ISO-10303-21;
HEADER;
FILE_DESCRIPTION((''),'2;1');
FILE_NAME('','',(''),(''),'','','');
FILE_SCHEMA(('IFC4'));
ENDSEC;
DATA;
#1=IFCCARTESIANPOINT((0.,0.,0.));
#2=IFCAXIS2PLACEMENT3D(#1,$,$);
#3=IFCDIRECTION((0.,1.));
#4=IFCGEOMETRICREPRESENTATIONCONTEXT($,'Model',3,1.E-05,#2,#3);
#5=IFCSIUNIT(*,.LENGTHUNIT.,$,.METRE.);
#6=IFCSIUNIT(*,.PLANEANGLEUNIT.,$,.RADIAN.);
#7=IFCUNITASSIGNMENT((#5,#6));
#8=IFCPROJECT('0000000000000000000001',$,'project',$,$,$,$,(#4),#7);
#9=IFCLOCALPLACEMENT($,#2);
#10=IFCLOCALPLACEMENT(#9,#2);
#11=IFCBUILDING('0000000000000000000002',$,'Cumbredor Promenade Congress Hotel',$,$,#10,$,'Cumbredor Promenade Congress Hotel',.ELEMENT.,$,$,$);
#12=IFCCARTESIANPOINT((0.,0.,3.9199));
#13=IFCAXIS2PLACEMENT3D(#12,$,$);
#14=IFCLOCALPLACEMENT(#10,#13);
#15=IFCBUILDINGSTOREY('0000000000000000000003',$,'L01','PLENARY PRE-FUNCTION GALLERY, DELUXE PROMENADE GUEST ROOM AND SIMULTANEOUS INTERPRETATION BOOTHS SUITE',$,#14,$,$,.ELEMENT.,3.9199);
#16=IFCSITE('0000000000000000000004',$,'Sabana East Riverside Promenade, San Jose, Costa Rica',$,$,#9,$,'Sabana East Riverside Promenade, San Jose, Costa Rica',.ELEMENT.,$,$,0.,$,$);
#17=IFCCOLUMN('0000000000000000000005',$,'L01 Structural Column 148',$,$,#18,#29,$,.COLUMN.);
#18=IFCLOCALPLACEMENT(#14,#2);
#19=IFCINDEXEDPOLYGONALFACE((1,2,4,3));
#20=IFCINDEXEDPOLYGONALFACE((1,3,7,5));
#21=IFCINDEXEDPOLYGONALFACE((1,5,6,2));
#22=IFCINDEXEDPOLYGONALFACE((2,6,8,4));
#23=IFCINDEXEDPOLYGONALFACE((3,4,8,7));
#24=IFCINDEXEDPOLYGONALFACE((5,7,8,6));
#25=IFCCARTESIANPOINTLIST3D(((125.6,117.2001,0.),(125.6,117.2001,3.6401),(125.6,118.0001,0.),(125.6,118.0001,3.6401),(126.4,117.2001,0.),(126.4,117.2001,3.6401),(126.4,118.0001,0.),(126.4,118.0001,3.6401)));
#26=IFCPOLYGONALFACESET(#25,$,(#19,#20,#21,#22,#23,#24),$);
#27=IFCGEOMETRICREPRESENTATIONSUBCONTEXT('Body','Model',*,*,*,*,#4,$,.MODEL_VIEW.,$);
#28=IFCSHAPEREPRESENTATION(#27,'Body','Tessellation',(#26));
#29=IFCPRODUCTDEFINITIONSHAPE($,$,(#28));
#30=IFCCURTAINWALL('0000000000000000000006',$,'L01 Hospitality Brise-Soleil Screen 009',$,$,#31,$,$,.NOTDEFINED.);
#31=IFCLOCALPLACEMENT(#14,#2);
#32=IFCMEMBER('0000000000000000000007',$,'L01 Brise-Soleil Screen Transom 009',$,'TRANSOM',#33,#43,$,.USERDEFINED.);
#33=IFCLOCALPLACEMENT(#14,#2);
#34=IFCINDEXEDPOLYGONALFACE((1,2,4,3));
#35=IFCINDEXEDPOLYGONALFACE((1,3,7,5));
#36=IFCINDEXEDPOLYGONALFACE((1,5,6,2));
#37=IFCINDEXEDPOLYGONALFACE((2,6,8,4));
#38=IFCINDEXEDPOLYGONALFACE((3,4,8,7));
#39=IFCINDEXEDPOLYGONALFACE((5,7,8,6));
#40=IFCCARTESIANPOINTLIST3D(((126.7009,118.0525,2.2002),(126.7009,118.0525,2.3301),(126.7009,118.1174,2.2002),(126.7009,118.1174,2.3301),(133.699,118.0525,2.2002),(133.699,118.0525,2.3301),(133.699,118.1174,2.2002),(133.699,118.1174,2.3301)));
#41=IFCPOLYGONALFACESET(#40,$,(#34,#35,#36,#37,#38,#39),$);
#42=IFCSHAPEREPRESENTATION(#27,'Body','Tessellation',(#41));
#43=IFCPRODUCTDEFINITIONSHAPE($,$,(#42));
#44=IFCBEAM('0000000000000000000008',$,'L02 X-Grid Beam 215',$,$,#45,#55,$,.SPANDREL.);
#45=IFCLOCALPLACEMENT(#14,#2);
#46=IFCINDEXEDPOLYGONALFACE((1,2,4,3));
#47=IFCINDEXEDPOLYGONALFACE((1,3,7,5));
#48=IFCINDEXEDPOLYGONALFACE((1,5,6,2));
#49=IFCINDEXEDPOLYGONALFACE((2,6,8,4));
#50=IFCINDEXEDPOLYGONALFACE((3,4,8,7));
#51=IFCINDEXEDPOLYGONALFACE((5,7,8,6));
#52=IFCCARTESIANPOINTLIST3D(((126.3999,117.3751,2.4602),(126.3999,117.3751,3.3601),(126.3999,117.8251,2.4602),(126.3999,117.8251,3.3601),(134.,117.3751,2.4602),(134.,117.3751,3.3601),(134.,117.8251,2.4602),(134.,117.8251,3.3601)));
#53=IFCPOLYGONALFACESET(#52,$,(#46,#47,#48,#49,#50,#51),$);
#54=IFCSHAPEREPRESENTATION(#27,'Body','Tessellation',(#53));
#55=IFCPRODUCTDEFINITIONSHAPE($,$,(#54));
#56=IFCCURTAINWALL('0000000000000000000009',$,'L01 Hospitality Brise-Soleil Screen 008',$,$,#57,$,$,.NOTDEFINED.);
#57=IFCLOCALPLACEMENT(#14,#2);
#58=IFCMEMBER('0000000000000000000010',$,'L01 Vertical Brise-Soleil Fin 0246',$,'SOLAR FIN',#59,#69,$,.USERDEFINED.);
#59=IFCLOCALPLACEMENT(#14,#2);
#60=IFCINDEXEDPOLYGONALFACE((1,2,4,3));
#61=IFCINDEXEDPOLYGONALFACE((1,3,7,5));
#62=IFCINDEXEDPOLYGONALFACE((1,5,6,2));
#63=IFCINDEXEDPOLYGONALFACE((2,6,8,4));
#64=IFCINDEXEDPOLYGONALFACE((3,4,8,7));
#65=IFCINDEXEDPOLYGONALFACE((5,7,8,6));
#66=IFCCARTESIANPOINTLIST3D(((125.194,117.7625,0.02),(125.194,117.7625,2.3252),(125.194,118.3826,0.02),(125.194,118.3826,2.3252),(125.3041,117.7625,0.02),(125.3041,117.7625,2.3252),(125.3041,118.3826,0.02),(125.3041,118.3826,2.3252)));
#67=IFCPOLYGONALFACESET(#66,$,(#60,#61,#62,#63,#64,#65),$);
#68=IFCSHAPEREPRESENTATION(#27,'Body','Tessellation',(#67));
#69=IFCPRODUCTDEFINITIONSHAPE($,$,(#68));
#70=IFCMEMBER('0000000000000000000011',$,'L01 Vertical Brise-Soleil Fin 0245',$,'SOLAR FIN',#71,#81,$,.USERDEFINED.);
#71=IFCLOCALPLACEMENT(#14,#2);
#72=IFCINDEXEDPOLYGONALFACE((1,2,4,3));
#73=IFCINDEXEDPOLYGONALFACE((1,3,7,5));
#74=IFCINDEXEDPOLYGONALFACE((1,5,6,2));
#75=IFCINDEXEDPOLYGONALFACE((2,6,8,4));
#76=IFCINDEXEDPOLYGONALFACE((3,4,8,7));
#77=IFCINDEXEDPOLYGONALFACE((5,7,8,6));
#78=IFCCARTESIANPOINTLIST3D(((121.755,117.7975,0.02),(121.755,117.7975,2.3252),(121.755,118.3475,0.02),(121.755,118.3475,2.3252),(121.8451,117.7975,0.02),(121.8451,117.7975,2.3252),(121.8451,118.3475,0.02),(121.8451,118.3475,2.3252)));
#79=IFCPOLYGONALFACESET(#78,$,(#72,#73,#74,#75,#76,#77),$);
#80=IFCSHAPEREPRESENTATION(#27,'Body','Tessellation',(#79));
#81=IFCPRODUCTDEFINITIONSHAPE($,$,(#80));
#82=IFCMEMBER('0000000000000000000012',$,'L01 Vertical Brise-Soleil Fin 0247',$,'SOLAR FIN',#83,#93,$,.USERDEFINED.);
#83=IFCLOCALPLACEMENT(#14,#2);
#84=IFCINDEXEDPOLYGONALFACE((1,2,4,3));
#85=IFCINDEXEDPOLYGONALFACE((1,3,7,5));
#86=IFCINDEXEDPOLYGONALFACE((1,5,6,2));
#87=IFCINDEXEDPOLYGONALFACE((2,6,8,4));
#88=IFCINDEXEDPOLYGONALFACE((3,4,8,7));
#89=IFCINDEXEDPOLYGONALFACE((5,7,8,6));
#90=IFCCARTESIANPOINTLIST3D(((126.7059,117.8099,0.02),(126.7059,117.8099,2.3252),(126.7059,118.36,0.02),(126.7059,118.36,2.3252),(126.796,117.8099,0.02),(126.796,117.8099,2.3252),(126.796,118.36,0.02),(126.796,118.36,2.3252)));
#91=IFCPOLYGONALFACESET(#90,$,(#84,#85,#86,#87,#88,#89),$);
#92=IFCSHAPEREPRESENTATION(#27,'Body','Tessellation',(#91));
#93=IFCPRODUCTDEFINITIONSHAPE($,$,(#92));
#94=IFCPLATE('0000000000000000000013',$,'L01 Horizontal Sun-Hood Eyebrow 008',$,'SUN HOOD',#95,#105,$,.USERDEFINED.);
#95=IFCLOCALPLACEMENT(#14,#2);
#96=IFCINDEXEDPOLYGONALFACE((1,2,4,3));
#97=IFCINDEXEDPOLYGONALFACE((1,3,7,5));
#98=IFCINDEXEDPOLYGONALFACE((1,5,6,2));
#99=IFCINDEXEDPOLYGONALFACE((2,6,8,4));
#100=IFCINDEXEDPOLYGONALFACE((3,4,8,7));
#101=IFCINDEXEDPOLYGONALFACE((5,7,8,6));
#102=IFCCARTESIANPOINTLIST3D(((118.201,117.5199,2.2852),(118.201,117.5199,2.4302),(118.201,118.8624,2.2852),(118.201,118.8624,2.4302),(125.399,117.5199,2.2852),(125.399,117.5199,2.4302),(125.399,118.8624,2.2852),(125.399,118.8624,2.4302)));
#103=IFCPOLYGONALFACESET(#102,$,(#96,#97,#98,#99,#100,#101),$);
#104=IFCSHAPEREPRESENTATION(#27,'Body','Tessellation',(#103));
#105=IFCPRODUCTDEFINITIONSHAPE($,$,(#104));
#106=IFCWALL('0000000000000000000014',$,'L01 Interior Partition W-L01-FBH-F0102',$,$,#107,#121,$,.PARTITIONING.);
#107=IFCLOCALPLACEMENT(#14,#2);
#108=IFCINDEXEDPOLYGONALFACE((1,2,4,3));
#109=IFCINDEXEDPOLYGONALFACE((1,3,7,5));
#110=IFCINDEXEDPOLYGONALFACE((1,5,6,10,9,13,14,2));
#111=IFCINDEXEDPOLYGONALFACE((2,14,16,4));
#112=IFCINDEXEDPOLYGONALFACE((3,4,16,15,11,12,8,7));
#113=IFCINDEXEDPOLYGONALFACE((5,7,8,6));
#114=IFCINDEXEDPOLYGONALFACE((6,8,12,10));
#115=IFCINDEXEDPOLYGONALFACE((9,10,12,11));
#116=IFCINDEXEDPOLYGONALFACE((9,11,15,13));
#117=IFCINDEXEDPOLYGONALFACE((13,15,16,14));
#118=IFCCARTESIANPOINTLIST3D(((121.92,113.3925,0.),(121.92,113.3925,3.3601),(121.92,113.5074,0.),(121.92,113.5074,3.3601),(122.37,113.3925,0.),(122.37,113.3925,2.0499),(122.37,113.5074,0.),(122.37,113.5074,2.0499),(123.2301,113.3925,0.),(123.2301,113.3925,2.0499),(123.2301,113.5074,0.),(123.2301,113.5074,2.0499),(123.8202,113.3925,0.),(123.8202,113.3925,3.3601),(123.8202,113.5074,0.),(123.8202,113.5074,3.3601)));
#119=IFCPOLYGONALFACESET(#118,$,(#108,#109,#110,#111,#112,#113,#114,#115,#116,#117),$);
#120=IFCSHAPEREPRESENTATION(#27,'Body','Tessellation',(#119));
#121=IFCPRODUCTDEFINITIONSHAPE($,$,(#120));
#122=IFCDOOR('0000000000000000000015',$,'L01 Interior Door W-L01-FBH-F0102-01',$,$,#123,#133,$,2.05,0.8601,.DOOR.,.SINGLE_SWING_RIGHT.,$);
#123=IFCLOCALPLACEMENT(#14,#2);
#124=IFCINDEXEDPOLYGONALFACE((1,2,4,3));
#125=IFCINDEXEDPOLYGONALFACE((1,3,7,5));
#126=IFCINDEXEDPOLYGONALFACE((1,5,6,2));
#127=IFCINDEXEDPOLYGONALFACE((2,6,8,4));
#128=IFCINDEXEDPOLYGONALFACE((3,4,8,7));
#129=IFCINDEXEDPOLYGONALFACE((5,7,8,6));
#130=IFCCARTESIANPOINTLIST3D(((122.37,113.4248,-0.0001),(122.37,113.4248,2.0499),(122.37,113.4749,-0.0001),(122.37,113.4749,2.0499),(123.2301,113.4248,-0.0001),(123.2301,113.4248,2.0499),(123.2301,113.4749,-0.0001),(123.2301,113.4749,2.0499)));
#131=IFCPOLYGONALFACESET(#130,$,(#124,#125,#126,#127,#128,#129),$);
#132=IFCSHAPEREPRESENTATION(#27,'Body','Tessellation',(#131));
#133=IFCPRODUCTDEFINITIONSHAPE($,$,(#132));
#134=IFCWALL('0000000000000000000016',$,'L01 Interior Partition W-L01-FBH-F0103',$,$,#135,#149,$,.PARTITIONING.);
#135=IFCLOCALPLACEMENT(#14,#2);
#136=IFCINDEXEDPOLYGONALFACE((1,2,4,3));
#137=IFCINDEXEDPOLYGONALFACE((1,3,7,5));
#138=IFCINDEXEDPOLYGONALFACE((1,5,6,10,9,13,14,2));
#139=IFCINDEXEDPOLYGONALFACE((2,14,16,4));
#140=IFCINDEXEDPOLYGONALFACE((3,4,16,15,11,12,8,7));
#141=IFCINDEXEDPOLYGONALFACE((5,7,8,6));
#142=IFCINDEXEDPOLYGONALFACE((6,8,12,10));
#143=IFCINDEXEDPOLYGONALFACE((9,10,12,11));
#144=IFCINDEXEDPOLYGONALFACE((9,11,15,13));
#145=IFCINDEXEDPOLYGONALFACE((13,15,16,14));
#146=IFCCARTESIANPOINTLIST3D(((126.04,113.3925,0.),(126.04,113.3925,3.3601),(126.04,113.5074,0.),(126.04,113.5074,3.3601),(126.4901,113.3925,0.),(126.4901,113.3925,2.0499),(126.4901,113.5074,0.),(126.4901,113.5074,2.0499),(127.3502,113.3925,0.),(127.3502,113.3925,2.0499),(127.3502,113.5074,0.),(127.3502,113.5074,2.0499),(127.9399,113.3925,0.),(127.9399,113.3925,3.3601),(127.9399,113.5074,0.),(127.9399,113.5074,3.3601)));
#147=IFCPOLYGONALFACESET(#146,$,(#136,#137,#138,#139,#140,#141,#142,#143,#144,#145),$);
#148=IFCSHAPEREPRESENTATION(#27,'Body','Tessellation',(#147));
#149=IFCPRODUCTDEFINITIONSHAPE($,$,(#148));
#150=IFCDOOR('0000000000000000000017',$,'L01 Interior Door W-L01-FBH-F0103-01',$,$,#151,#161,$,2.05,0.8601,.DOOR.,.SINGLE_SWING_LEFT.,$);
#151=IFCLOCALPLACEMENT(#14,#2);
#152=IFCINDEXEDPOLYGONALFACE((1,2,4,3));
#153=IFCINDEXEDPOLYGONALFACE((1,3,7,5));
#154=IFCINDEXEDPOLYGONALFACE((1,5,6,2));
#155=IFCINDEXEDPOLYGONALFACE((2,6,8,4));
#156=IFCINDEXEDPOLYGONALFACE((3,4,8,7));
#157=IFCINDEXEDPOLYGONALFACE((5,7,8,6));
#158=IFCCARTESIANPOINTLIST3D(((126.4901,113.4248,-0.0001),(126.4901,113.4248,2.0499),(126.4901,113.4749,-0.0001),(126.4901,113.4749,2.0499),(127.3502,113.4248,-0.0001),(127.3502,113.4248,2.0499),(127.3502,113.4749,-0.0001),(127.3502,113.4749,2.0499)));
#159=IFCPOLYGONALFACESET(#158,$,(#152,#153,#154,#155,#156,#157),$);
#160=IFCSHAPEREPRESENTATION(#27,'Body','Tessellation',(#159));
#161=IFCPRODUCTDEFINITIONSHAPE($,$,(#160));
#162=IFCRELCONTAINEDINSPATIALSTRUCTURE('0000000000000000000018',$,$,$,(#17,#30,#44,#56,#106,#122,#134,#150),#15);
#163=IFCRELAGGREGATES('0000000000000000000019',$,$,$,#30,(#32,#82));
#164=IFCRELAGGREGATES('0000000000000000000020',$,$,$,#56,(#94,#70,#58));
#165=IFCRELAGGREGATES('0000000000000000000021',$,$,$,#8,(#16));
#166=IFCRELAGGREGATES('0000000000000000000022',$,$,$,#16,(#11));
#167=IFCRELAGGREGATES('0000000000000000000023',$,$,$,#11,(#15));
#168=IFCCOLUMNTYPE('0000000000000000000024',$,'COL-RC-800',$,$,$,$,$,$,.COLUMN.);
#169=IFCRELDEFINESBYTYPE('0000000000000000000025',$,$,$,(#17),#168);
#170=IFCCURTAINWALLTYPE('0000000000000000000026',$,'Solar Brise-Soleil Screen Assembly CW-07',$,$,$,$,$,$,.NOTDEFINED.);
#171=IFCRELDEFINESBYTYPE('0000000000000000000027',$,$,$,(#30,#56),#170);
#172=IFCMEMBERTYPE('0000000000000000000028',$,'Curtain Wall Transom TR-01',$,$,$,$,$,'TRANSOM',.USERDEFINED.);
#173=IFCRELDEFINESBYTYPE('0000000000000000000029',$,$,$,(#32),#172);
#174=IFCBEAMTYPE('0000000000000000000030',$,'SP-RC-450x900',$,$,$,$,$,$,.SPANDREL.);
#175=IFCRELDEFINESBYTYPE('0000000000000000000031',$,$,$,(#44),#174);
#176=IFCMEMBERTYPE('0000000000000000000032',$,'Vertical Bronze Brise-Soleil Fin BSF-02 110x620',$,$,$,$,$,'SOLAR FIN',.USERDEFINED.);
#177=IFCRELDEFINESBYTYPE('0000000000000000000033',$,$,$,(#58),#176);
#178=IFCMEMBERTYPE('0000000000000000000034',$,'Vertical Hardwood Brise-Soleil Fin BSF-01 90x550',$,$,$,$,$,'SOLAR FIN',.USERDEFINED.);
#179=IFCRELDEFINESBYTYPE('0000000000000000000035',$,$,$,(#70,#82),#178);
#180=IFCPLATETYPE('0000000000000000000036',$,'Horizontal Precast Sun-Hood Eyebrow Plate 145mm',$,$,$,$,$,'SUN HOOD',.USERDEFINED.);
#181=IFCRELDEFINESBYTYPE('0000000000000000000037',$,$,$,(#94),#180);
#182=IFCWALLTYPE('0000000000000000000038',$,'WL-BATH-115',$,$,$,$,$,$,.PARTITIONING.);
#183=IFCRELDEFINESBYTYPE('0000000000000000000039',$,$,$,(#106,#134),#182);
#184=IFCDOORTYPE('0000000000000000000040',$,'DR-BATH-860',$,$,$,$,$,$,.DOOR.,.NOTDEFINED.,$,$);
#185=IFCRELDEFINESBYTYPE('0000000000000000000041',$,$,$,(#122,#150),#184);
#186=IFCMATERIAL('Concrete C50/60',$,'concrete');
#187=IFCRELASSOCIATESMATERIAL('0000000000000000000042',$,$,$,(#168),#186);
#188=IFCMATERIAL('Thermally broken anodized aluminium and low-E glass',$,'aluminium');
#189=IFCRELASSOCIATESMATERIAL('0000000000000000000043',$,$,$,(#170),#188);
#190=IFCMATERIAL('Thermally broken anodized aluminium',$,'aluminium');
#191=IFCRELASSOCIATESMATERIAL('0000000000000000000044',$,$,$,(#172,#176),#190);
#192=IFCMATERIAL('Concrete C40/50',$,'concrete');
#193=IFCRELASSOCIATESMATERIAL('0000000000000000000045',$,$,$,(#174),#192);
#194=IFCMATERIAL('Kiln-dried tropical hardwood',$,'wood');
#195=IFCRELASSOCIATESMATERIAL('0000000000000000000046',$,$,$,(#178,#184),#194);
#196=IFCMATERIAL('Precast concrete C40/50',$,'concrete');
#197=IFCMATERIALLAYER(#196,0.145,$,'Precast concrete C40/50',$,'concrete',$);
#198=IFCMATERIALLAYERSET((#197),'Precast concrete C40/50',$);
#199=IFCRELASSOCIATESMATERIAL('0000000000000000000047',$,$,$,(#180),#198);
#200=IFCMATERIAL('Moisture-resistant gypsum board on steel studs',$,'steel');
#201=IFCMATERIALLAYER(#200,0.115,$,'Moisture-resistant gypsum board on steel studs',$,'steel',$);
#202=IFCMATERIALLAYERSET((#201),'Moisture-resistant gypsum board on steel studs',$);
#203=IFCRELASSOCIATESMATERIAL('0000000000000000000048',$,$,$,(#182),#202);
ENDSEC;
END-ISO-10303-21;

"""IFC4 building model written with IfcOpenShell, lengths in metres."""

from ifc_helpers import new_model, si_unit, direction, frame, frame_2d, origin, origin_2d, place, context, subcontext, project, spatial, rectangle, extrude, material, layer, layer_set, material_profile, profile_set, type_object, element, fill, aggregate, save


model = new_model("IFC4")

# Units and contexts
model_context = context("Model", 3, precision=1e-05, world=origin(), true_north=direction((0.0, 1.0)))
body_context = subcontext(model_context, "Body", "Model", "MODEL_VIEW")
ifc_project = project(units=[si_unit("LENGTHUNIT", "METRE"), si_unit("PLANEANGLEUNIT", "RADIAN")], contexts=[model_context])

# Site, building, storey
site_placement = place(None, origin())
site = spatial("IfcSite", under=ifc_project, at=site_placement, Name="Sabana East Riverside Promenade, San Jose, Costa Rica", LongName="Sabana East Riverside Promenade, San Jose, Costa Rica", CompositionType="ELEMENT", RefElevation=0.0)
building_placement = place(site_placement, origin())
building = spatial("IfcBuilding", under=site, at=building_placement, Name="Cumbredor Promenade Congress Hotel", LongName="Cumbredor Promenade Congress Hotel", CompositionType="ELEMENT")
storey_placement = place(building_placement, frame((0.0, 0.0, 3.9199)))
storey = spatial("IfcBuildingStorey", under=building, at=storey_placement, Name="L01", Description="PLENARY PRE-FUNCTION GALLERY, DELUXE PROMENADE GUEST ROOM AND SIMULTANEOUS INTERPRETATION BOOTHS SUITE", CompositionType="ELEMENT", Elevation=3.9199)

# Column
ifc_material_1 = material(Name="Concrete C50/60", Category="concrete")
ifc_material_profile_1 = material_profile(ifc_material_1, rectangle(XDim=0.8, YDim=0.8, at=origin_2d()), Name="RC 800x800")
ifc_profile_set_1 = profile_set([ifc_material_profile_1], Name="Concrete C50/60")
column_type = type_object("IfcColumnType", Name="COL-RC-800", PredefinedType="COLUMN", material=ifc_profile_set_1)
column_placement = place(storey_placement, frame((126.0, 117.6001, 0.0), z_axis=(0.0, 0.0, 1.0), x_axis=(1.0, 0.0, 0.0)))
element("IfcColumn", 1, at=column_placement, inside=storey, type_object=column_type, Name="L01 Structural Column 148", PredefinedType="COLUMN", context=body_context, shape_type="SweptSolid", body=[
    extrude(rectangle(XDim=0.8, YDim=0.8, at=origin_2d()), origin(), (0.0, 0.0, 1.0), 3.6401),
])

# Curtain wall, member
ifc_material_2 = material(Name="Thermally broken anodized aluminium and low-E glass", Category="aluminium")
curtain_wall_type = type_object("IfcCurtainWallType", Name="Solar Brise-Soleil Screen Assembly CW-07", PredefinedType="NOTDEFINED", material=ifc_material_2)
curtain_wall_1_placement = place(storey_placement, origin())
curtain_wall_1 = element("IfcCurtainWall", 2, at=curtain_wall_1_placement, inside=storey, type_object=curtain_wall_type, Name="L01 Hospitality Brise-Soleil Screen 009", PredefinedType="NOTDEFINED")
ifc_material_3 = material(Name="Thermally broken anodized aluminium", Category="aluminium")
ifc_material_profile_2 = material_profile(ifc_material_3, rectangle(XDim=0.0649, YDim=0.1299, at=origin_2d()), Name="ALU TRANSOM 65x130")
ifc_profile_set_2 = profile_set([ifc_material_profile_2], Name="Thermally broken anodized aluminium")
member_type_1 = type_object("IfcMemberType", Name="Curtain Wall Transom TR-01", ElementType="TRANSOM", PredefinedType="USERDEFINED", material=ifc_profile_set_2)
member_1_placement = place(storey_placement, frame((126.7009, 118.085, 2.2651), z_axis=(1.0, 0.0, 0.0), x_axis=(0.0, 1.0, 0.0)))
member_1 = element("IfcMember", 3, at=member_1_placement, type_object=member_type_1, Name="L01 Brise-Soleil Screen Transom 009", ObjectType="TRANSOM", PredefinedType="USERDEFINED", context=body_context, shape_type="SweptSolid", body=[
    extrude(rectangle(XDim=0.0649, YDim=0.1299, at=origin_2d()), origin(), (0.0, 0.0, 1.0), 6.998),
])

# Beam
ifc_material_4 = material(Name="Concrete C40/50", Category="concrete")
ifc_material_profile_3 = material_profile(ifc_material_4, rectangle(XDim=0.45, YDim=0.8999, at=origin_2d()), Name="RC SPANDREL 450x900")
ifc_profile_set_3 = profile_set([ifc_material_profile_3], Name="Concrete C40/50")
beam_type = type_object("IfcBeamType", Name="SP-RC-450x900", PredefinedType="SPANDREL", material=ifc_profile_set_3)
beam_placement = place(storey_placement, frame((126.3999, 117.6001, 2.9102), z_axis=(1.0, 0.0, 0.0), x_axis=(0.0, 1.0, 0.0)))
element("IfcBeam", 4, at=beam_placement, inside=storey, type_object=beam_type, Name="L02 X-Grid Beam 215", PredefinedType="SPANDREL", context=body_context, shape_type="SweptSolid", body=[
    extrude(rectangle(XDim=0.45, YDim=0.8999, at=origin_2d()), origin(), (0.0, 0.0, 1.0), 7.6001),
])

# Curtain wall, members
curtain_wall_2_placement = place(storey_placement, origin())
curtain_wall_2 = element("IfcCurtainWall", 5, at=curtain_wall_2_placement, inside=storey, type_object=curtain_wall_type, Name="L01 Hospitality Brise-Soleil Screen 008", PredefinedType="NOTDEFINED")
ifc_material_profile_4 = material_profile(ifc_material_3, rectangle(XDim=0.1101, YDim=0.6201, at=origin_2d()), Name="ARCH FIN 110x620")
ifc_profile_set_4 = profile_set([ifc_material_profile_4], Name="Thermally broken anodized aluminium")
member_type_2 = type_object("IfcMemberType", Name="Vertical Bronze Brise-Soleil Fin BSF-02 110x620", ElementType="SOLAR FIN", PredefinedType="USERDEFINED", material=ifc_profile_set_4)
member_2_placement = place(storey_placement, frame((125.249, 118.0725, 0.02), z_axis=(0.0, 0.0, 1.0), x_axis=(1.0, 0.0, 0.0)))
member_2 = element("IfcMember", 6, at=member_2_placement, type_object=member_type_2, Name="L01 Vertical Brise-Soleil Fin 0246", ObjectType="SOLAR FIN", PredefinedType="USERDEFINED", context=body_context, shape_type="SweptSolid", body=[
    extrude(rectangle(XDim=0.1101, YDim=0.6201, at=origin_2d()), origin(), (0.0, 0.0, 1.0), 2.3052),
])
ifc_material_5 = material(Name="Kiln-dried tropical hardwood", Category="wood")
ifc_material_profile_5 = material_profile(ifc_material_5, rectangle(XDim=0.0901, YDim=0.55, at=origin_2d()), Name="ARCH FIN 90x550")
ifc_profile_set_5 = profile_set([ifc_material_profile_5], Name="Kiln-dried tropical hardwood")
member_type_3 = type_object("IfcMemberType", Name="Vertical Hardwood Brise-Soleil Fin BSF-01 90x550", ElementType="SOLAR FIN", PredefinedType="USERDEFINED", material=ifc_profile_set_5)
member_3_placement = place(storey_placement, frame((121.8, 118.0725, 0.02), z_axis=(0.0, 0.0, 1.0), x_axis=(1.0, 0.0, 0.0)))
member_3 = element("IfcMember", 7, at=member_3_placement, type_object=member_type_3, Name="L01 Vertical Brise-Soleil Fin 0245", ObjectType="SOLAR FIN", PredefinedType="USERDEFINED", context=body_context, shape_type="SweptSolid", body=[
    extrude(rectangle(XDim=0.0901, YDim=0.55, at=origin_2d()), origin(), (0.0, 0.0, 1.0), 2.3052),
])

# Member
member_4_placement = place(storey_placement, frame((126.751, 118.085, 0.02), z_axis=(0.0, 0.0, 1.0), x_axis=(1.0, 0.0, 0.0)))
member_4 = element("IfcMember", 8, at=member_4_placement, type_object=member_type_3, Name="L01 Vertical Brise-Soleil Fin 0247", ObjectType="SOLAR FIN", PredefinedType="USERDEFINED", context=body_context, shape_type="SweptSolid", body=[
    extrude(rectangle(XDim=0.0901, YDim=0.55, at=origin_2d()), origin(), (0.0, 0.0, 1.0), 2.3052),
])
aggregate(curtain_wall_1, [member_1, member_4])

# Plate
ifc_material_6 = material(Name="Precast concrete C40/50", Category="concrete")
ifc_layer_1 = layer(ifc_material_6, 0.145, Name="Precast concrete C40/50", Category="concrete")
ifc_layer_set_1 = layer_set([ifc_layer_1], Name="Precast concrete C40/50")
plate_type = type_object("IfcPlateType", Name="Horizontal Precast Sun-Hood Eyebrow Plate 145mm", ElementType="SUN HOOD", PredefinedType="USERDEFINED", material=ifc_layer_set_1)
plate_placement = place(storey_placement, frame((121.8, 118.1912, 2.2852), z_axis=(0.0, 0.0, 1.0), x_axis=(1.0, 0.0, 0.0)))
plate = element("IfcPlate", 9, at=plate_placement, type_object=plate_type, Name="L01 Horizontal Sun-Hood Eyebrow 008", ObjectType="SUN HOOD", PredefinedType="USERDEFINED", context=body_context, shape_type="SweptSolid", body=[
    extrude(rectangle(XDim=7.198, YDim=1.3425, at=origin_2d()), origin(), (0.0, 0.0, 1.0), 0.145),
])
aggregate(curtain_wall_2, [plate, member_3, member_2])

# Walls, openings, doors
ifc_material_7 = material(Name="Moisture-resistant gypsum board on steel studs", Category="steel")
ifc_layer_2 = layer(ifc_material_7, 0.115, Name="Moisture-resistant gypsum board on steel studs", Category="steel")
ifc_layer_set_2 = layer_set([ifc_layer_2], Name="Moisture-resistant gypsum board on steel studs")
wall_type_1 = type_object("IfcWallType", Name="WL-BATH-115", PredefinedType="PARTITIONING", material=ifc_layer_set_2)
wall_1_placement = place(storey_placement, frame((121.9199, 113.45, 0.0), z_axis=(0.0, 0.0, 1.0), x_axis=(1.0, 0.0, 0.0)))
wall_1 = element("IfcWall", 10, at=wall_1_placement, inside=storey, type_object=wall_type_1, Name="L01 Interior Partition W-L01-FBH-F0102", PredefinedType="PARTITIONING", context=body_context, shape_type="SweptSolid", body=[
    extrude(rectangle(XDim=1.9001, YDim=0.115, at=frame_2d((0.9502, 0.0))), origin(), (0.0, 0.0, 1.0), 3.3601),
])
opening_1_placement = place(wall_1_placement, frame((0.45, 0.0, 0.0)))
opening_1 = element("IfcOpeningElement", 11, at=opening_1_placement, cuts=wall_1, PredefinedType="OPENING", context=body_context, shape_type="SweptSolid", body=[
    extrude(rectangle(XDim=0.8601, YDim=2.05, at=frame_2d((0.4302, 1.0249))), frame((0.0, 0.0674, 0.0), z_axis=(0.0, -1.0, 0.0), x_axis=(1.0, 0.0, 0.0)), (0.0, 0.0, 1.0), 0.135),
])
door_type = type_object("IfcDoorType", Name="DR-BATH-860", OperationType="NOTDEFINED", PredefinedType="DOOR", material=ifc_material_5)
door_1_placement = place(opening_1_placement, origin())
door_1 = element("IfcDoor", 12, at=door_1_placement, inside=storey, type_object=door_type, Name="L01 Interior Door W-L01-FBH-F0102-01", OperationType="SINGLE_SWING_RIGHT", OverallHeight=2.05, OverallWidth=0.8601, PredefinedType="DOOR", context=body_context, shape_type="SweptSolid", body=[
    extrude(rectangle(XDim=0.8601, YDim=2.05, at=frame_2d((0.4302, 1.0249))), frame((0.0, 0.0249, 0.0), z_axis=(0.0, -1.0, 0.0), x_axis=(1.0, 0.0, 0.0)), (0.0, 0.0, 1.0), 0.05),
])
fill(opening_1, door_1)
wall_2_placement = place(storey_placement, frame((126.04, 113.45, 0.0), z_axis=(0.0, 0.0, 1.0), x_axis=(1.0, 0.0, 0.0)))
wall_2 = element("IfcWall", 13, at=wall_2_placement, inside=storey, type_object=wall_type_1, Name="L01 Interior Partition W-L01-FBH-F0103", PredefinedType="PARTITIONING", context=body_context, shape_type="SweptSolid", body=[
    extrude(rectangle(XDim=1.8999, YDim=0.115, at=frame_2d((0.95, 0.0))), origin(), (0.0, 0.0, 1.0), 3.3601),
])
opening_2_placement = place(wall_2_placement, frame((0.45, 0.0, 0.0)))
opening_2 = element("IfcOpeningElement", 14, at=opening_2_placement, cuts=wall_2, PredefinedType="OPENING", context=body_context, shape_type="SweptSolid", body=[
    extrude(rectangle(XDim=0.8601, YDim=2.05, at=frame_2d((0.4302, 1.0249))), frame((0.0, 0.0674, 0.0), z_axis=(0.0, -1.0, 0.0), x_axis=(1.0, 0.0, 0.0)), (0.0, 0.0, 1.0), 0.135),
])
door_2_placement = place(opening_2_placement, origin())
door_2 = element("IfcDoor", 15, at=door_2_placement, inside=storey, type_object=door_type, Name="L01 Interior Door W-L01-FBH-F0103-01", OperationType="SINGLE_SWING_LEFT", OverallHeight=2.05, OverallWidth=0.8601, PredefinedType="DOOR", context=body_context, shape_type="SweptSolid", body=[
    extrude(rectangle(XDim=0.8601, YDim=2.05, at=frame_2d((0.4302, 1.0249))), frame((0.0, 0.0249, 0.0), z_axis=(0.0, -1.0, 0.0), x_axis=(1.0, 0.0, 0.0)), (0.0, 0.0, 1.0), 0.05),
])
fill(opening_2, door_2)

save(model, "model.ifc")
